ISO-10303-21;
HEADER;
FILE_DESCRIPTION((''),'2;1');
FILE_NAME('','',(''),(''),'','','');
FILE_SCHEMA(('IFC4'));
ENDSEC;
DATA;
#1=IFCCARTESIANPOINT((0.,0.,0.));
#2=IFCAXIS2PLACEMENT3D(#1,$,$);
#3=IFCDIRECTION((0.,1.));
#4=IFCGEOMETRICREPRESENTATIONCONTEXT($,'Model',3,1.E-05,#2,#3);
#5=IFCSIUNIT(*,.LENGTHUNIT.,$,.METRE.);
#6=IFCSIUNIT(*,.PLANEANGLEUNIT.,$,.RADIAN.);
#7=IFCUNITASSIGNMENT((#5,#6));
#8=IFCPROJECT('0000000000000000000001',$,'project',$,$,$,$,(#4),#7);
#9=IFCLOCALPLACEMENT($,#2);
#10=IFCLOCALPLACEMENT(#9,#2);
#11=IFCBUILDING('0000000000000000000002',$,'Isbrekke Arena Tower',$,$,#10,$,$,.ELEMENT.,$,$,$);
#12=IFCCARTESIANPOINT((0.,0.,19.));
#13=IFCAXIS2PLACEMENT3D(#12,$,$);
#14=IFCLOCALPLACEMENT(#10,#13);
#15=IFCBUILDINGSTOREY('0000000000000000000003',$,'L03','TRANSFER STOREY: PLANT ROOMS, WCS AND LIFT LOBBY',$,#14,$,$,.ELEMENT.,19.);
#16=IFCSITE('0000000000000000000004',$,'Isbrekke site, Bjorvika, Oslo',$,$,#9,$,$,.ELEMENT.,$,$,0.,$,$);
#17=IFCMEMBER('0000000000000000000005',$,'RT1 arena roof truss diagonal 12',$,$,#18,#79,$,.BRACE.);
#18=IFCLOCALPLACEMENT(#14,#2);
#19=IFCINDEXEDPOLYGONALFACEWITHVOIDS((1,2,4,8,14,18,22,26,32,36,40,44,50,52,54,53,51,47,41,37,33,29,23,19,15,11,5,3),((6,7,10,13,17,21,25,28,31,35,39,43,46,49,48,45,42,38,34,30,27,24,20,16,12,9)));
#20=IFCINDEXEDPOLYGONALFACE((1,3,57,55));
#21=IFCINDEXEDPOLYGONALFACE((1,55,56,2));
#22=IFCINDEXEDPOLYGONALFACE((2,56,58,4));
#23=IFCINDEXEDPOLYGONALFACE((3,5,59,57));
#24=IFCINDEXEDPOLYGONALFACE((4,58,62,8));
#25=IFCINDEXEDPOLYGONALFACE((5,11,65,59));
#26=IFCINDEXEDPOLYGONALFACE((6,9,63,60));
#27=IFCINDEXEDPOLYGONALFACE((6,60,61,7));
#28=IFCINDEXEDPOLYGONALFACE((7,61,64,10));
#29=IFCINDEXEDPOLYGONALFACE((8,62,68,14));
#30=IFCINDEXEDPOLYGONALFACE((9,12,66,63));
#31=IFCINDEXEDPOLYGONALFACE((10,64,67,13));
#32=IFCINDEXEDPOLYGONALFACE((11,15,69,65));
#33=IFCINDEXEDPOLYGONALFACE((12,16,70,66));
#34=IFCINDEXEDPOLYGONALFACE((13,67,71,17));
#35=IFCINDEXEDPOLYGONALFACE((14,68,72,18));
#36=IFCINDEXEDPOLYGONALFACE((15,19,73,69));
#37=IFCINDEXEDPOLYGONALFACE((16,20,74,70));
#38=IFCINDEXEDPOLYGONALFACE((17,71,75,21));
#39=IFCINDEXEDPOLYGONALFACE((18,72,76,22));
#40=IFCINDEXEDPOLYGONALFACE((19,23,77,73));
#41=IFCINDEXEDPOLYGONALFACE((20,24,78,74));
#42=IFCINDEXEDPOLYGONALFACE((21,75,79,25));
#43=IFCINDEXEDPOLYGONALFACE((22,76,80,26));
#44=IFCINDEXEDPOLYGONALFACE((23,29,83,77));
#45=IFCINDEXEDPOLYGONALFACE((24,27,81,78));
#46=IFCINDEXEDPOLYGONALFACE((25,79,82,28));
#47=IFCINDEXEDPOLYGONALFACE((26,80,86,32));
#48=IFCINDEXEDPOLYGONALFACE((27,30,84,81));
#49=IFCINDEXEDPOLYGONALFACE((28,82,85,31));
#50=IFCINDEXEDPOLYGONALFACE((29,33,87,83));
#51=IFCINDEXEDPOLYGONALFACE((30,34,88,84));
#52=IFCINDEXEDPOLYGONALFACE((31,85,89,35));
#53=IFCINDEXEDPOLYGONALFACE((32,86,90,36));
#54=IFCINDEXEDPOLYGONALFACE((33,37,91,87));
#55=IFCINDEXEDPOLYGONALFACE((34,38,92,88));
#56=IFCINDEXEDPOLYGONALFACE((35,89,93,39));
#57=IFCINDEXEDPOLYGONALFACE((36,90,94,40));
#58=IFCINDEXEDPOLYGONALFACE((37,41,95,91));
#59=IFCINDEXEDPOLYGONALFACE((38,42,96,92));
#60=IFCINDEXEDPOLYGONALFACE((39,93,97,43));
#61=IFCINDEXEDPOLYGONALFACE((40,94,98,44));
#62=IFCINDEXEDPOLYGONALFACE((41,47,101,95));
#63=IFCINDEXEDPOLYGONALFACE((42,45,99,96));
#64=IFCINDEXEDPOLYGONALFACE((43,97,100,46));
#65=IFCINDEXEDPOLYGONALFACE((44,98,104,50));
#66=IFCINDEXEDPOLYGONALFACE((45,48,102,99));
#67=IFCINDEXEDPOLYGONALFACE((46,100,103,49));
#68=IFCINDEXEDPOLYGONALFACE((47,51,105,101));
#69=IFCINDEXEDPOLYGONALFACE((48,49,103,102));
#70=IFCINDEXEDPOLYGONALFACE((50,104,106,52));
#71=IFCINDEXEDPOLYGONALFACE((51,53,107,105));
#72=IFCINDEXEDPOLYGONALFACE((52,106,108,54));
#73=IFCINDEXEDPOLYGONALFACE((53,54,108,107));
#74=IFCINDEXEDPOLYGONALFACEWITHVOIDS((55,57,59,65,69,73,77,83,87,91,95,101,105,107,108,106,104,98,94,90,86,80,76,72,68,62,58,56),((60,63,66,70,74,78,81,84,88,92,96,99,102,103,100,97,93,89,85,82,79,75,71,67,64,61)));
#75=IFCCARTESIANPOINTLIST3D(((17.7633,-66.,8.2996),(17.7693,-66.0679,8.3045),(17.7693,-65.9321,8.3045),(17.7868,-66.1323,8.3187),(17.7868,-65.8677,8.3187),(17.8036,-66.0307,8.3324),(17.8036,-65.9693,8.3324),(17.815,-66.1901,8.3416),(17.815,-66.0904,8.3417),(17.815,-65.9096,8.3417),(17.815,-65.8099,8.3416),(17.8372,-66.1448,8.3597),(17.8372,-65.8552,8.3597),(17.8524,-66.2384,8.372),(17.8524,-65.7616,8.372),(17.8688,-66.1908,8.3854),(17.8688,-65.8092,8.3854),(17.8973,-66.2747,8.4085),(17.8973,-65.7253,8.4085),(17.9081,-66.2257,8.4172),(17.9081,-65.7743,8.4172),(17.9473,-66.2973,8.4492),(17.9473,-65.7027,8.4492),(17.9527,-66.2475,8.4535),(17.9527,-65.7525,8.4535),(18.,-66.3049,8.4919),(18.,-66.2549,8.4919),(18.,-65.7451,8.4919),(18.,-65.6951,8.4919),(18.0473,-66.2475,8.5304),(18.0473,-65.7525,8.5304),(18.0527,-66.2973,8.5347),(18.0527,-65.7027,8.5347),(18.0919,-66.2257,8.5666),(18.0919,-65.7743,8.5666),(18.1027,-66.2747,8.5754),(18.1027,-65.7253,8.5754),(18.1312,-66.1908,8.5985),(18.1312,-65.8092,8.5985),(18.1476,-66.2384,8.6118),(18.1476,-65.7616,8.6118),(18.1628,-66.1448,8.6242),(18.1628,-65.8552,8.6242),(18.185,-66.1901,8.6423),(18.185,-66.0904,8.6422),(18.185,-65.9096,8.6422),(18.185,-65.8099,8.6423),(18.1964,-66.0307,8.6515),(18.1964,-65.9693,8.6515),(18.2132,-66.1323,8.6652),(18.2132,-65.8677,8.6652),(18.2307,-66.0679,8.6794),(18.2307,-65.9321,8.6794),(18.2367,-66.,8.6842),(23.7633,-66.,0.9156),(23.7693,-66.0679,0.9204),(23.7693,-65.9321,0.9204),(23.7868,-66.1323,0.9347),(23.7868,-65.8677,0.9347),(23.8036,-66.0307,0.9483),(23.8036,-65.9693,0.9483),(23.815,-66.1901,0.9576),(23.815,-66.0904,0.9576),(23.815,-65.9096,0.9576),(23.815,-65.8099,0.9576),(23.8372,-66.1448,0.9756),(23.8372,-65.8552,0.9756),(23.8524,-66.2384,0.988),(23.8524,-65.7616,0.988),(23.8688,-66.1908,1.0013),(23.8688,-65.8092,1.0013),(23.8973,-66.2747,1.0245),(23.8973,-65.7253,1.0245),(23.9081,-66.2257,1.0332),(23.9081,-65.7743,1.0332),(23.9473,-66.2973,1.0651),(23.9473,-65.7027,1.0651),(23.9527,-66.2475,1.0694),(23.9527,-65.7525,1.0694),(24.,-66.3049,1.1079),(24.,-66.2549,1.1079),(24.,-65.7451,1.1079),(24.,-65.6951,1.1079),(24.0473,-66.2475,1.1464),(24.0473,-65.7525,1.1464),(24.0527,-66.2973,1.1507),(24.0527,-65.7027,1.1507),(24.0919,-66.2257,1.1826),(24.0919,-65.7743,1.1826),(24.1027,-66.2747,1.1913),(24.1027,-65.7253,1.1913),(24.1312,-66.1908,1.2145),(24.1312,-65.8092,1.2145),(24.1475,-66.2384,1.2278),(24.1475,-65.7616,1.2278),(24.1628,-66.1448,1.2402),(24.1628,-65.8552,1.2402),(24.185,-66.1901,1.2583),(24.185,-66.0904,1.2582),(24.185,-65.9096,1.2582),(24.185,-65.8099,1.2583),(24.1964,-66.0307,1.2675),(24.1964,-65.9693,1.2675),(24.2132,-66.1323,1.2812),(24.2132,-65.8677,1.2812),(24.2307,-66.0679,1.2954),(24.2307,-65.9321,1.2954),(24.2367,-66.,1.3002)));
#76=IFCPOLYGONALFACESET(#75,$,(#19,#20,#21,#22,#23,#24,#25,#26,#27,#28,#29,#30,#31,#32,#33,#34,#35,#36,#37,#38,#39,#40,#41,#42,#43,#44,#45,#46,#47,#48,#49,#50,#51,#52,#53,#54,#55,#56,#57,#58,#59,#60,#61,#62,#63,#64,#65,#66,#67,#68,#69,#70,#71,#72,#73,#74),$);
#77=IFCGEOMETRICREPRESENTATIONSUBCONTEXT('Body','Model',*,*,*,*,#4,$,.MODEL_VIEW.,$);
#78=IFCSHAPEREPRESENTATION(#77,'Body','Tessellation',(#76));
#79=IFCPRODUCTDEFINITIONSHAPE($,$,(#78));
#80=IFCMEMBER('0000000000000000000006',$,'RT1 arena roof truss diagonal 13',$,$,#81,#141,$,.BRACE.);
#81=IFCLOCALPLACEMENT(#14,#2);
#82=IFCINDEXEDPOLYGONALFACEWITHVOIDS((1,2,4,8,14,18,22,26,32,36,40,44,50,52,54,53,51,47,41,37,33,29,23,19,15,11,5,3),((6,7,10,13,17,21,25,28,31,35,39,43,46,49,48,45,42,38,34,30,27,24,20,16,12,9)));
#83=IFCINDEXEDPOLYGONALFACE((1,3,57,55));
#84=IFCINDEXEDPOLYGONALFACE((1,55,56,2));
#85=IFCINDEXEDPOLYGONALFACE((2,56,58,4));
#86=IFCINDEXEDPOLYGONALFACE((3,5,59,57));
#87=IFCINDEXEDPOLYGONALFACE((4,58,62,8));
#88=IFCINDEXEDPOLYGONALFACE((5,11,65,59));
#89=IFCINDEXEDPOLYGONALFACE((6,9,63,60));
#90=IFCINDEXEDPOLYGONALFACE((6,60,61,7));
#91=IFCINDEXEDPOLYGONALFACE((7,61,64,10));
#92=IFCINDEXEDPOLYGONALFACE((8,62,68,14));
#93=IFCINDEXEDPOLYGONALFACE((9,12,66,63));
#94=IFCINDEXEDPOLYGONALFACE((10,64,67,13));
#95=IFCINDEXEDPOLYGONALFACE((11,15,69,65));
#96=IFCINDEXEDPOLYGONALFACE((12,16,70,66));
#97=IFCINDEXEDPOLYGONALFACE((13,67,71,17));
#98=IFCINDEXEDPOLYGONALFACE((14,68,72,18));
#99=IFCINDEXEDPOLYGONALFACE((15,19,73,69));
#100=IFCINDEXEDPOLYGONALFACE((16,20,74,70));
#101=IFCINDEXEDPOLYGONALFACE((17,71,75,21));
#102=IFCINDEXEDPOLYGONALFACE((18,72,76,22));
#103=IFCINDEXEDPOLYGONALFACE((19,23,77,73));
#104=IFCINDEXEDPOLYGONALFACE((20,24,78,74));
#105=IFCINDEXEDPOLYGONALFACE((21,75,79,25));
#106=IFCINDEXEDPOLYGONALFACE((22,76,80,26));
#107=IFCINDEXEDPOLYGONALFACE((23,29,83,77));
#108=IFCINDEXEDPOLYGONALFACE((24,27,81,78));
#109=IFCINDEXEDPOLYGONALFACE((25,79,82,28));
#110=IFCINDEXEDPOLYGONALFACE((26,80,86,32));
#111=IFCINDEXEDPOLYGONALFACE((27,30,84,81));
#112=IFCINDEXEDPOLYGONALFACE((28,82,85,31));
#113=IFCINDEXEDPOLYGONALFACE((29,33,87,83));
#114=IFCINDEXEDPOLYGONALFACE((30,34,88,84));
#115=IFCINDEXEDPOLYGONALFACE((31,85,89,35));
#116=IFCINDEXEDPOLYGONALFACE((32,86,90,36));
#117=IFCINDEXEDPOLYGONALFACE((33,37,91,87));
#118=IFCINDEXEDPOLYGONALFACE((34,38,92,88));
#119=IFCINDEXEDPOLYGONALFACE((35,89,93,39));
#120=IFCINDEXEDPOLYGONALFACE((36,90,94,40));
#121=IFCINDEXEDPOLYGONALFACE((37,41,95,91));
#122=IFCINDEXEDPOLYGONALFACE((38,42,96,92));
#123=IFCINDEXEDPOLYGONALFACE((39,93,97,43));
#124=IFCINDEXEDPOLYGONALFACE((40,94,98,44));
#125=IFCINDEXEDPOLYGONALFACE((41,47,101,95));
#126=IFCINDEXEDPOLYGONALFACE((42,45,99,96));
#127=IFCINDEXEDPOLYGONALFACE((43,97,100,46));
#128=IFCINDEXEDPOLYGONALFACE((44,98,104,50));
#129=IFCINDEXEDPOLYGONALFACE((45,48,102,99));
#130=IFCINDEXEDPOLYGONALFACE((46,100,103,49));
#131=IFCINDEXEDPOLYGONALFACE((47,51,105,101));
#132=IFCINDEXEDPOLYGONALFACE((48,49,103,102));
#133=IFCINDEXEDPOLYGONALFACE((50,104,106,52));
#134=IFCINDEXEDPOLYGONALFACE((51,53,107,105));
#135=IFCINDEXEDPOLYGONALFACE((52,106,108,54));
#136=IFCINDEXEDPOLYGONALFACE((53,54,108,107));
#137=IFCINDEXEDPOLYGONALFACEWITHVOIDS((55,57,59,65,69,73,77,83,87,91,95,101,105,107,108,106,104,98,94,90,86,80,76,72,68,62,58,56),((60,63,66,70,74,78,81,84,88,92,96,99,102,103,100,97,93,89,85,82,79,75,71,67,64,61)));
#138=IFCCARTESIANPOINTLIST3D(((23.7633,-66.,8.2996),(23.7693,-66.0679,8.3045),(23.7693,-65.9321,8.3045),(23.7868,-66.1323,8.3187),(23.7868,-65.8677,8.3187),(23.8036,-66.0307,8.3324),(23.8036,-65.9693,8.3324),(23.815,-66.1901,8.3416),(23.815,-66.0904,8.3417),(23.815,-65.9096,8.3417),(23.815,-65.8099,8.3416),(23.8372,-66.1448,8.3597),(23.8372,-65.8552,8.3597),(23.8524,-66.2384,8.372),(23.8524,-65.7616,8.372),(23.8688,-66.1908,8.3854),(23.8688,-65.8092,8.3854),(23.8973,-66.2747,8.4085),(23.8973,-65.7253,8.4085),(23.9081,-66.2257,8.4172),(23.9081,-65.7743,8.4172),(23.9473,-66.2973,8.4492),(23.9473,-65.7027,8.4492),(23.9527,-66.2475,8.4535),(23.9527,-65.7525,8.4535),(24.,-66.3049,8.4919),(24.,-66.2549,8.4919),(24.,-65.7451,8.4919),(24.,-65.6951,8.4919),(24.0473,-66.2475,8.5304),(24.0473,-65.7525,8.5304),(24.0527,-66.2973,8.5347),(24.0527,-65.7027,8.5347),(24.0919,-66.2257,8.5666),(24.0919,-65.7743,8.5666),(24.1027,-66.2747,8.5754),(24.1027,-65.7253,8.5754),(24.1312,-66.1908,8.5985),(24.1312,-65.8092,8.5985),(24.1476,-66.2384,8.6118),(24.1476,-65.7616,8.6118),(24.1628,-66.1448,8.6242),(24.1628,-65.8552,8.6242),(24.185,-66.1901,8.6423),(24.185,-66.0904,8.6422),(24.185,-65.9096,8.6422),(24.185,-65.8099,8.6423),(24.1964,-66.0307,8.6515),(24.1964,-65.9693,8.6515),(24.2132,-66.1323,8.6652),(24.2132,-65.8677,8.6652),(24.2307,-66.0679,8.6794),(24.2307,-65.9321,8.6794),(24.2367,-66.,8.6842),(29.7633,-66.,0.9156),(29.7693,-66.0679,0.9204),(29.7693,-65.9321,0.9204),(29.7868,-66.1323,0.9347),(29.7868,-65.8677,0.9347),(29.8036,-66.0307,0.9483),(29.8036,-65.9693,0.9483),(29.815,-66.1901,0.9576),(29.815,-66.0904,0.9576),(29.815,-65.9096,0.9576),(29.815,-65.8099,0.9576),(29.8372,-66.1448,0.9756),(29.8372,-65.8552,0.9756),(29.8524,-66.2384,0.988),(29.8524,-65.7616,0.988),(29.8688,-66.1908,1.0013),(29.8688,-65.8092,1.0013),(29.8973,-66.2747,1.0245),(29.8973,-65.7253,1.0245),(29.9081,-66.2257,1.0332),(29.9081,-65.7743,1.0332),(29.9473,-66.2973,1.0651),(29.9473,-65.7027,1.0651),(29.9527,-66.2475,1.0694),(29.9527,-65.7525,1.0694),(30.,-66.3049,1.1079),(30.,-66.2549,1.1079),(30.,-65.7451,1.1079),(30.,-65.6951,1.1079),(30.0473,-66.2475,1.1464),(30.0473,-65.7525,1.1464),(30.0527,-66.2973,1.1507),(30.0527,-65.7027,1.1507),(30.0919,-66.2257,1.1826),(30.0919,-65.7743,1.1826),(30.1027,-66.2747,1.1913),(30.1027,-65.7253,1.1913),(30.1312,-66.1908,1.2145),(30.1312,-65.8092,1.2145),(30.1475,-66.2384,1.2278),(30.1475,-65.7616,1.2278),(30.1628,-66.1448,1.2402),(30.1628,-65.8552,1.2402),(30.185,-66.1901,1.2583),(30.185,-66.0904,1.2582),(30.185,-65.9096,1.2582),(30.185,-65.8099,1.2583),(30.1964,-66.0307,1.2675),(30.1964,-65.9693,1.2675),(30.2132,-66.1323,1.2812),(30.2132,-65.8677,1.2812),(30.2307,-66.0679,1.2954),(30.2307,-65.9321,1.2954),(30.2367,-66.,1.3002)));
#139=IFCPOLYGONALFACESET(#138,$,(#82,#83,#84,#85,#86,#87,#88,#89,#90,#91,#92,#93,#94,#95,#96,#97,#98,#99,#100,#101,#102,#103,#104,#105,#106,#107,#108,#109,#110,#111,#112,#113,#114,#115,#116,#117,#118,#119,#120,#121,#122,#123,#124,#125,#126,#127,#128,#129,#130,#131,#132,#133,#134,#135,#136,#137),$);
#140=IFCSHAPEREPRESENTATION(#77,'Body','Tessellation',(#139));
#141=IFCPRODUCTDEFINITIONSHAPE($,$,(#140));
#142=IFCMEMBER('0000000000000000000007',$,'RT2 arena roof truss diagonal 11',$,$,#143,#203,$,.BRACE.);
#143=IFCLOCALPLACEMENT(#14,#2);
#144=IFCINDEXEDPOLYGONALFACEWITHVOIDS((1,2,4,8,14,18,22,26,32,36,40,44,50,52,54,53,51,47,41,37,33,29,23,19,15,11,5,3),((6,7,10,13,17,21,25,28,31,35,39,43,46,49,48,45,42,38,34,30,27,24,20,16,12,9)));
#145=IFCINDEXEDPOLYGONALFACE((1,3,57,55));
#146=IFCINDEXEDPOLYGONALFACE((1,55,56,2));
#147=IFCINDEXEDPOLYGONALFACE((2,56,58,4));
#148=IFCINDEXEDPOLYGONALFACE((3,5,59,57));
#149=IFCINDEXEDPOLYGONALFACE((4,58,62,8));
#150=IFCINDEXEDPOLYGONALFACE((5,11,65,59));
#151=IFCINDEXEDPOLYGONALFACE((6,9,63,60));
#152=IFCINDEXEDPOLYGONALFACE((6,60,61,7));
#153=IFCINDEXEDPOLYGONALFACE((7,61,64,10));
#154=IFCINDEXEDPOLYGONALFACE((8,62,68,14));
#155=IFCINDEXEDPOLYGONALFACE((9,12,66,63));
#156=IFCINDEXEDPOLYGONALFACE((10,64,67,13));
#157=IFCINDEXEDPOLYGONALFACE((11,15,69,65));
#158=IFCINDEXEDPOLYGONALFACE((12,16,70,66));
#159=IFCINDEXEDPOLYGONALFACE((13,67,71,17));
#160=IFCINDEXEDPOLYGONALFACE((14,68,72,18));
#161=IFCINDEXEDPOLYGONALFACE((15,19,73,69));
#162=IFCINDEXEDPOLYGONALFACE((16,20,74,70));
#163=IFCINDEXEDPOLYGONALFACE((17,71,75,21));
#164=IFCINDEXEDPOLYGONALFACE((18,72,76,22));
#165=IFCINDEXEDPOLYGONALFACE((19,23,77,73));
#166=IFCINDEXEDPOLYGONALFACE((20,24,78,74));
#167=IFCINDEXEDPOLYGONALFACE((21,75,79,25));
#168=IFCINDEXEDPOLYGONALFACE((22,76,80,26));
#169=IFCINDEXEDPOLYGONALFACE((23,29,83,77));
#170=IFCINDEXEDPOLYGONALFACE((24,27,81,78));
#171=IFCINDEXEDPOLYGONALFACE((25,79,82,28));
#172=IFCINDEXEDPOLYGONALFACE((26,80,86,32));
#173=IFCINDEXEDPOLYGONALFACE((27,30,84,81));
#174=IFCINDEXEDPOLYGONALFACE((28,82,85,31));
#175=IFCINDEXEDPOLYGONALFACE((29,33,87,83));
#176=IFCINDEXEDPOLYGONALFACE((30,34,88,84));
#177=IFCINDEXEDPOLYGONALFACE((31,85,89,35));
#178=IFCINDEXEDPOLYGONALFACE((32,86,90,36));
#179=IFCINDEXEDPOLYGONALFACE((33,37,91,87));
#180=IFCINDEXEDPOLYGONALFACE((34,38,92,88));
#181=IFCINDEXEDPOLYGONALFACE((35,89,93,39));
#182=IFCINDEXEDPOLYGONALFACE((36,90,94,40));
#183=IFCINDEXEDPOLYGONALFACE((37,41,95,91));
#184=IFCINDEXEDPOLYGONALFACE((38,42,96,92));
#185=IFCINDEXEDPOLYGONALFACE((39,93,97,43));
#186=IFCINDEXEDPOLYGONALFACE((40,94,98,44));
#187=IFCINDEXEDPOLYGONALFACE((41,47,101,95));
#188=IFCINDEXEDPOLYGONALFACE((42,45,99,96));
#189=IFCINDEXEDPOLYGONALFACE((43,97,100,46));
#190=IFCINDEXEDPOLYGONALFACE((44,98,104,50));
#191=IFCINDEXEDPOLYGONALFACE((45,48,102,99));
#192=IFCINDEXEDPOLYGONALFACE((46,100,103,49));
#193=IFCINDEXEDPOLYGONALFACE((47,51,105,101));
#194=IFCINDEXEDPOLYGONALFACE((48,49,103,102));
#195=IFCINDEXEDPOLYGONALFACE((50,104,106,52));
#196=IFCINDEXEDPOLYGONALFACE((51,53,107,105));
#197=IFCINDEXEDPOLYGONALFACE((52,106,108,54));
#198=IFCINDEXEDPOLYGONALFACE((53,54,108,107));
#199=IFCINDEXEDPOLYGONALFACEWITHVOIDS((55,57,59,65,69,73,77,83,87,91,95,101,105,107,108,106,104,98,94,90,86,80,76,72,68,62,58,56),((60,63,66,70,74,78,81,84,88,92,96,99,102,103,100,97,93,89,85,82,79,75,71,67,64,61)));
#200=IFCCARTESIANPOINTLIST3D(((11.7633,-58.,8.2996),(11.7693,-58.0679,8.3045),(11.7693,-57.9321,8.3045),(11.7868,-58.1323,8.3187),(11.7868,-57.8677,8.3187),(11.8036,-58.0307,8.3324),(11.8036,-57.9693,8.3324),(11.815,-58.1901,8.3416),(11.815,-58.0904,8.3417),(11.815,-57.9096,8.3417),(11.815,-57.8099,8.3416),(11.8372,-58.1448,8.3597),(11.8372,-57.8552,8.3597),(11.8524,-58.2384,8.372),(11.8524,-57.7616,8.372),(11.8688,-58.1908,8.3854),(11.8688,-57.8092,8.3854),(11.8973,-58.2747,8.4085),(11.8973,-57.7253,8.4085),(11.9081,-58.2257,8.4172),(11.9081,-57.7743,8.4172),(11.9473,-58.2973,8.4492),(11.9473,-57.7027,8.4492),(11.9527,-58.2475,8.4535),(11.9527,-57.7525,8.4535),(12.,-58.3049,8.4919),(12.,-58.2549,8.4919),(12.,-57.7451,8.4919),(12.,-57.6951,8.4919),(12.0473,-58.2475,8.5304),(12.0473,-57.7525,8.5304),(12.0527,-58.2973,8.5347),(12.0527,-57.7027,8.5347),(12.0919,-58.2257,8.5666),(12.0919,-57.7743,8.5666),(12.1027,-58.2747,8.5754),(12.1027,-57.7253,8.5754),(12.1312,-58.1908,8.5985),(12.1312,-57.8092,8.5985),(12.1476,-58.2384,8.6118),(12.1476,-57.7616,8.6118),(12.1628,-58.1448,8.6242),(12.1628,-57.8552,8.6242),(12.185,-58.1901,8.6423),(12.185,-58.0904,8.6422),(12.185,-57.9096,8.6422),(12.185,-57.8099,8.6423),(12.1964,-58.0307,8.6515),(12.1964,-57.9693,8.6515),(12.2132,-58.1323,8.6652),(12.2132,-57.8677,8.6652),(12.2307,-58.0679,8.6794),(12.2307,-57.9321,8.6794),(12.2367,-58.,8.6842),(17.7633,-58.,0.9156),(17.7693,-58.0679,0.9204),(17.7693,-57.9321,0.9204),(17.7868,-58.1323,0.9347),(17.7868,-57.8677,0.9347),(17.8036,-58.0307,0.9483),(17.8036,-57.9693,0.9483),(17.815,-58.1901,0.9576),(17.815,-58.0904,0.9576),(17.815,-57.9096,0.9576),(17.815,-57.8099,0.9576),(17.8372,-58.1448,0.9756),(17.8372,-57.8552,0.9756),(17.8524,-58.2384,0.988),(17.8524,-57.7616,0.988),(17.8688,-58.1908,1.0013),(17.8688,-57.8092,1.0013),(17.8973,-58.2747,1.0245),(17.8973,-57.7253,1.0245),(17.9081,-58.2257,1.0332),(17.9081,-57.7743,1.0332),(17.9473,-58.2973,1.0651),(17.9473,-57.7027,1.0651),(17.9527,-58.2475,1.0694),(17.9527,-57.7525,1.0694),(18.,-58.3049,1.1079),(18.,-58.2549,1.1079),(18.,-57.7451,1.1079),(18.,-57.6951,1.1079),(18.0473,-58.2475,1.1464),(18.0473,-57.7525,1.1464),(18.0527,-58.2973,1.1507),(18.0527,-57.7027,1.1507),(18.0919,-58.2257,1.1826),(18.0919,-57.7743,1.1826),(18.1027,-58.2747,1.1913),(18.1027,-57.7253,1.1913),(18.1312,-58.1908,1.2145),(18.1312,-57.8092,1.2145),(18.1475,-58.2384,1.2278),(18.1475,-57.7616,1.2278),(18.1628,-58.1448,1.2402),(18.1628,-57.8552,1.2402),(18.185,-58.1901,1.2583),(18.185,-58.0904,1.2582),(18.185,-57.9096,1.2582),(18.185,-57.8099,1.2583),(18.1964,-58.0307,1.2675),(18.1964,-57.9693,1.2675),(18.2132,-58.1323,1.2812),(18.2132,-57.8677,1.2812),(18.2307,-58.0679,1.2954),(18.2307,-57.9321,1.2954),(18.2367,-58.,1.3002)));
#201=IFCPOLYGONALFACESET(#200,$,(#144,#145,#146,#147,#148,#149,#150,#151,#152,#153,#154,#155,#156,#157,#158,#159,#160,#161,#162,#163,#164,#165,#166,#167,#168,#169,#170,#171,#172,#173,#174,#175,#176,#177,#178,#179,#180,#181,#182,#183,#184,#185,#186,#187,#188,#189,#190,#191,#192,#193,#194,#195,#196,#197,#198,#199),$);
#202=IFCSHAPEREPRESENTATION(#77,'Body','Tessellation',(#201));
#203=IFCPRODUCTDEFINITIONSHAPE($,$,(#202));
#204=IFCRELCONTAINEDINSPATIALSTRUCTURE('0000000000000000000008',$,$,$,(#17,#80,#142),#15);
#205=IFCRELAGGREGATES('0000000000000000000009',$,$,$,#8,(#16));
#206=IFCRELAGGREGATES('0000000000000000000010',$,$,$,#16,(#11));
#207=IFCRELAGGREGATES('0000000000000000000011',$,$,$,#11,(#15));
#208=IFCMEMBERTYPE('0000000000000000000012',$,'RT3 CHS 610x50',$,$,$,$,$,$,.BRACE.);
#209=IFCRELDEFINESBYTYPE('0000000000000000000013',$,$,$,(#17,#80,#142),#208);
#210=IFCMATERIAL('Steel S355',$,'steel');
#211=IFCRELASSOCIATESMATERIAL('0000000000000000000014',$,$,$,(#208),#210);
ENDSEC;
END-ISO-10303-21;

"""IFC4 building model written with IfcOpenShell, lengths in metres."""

from ifc_helpers import new_model, si_unit, direction, frame, origin, origin_2d, place, context, subcontext, project, spatial, hollow_circle, extrude, material, material_profile, profile_set, type_object, element, save


model = new_model("IFC4")

# Units and contexts
model_context = context("Model", 3, precision=1e-05, world=origin(), true_north=direction((0.0, 1.0)))
body_context = subcontext(model_context, "Body", "Model", "MODEL_VIEW")
ifc_project = project(units=[si_unit("LENGTHUNIT", "METRE"), si_unit("PLANEANGLEUNIT", "RADIAN")], contexts=[model_context])

# Site, building, storey
site_placement = place(None, origin())
site = spatial("IfcSite", under=ifc_project, at=site_placement, Name="Isbrekke site, Bjorvika, Oslo", CompositionType="ELEMENT", RefElevation=0.0)
building_placement = place(site_placement, origin())
building = spatial("IfcBuilding", under=site, at=building_placement, Name="Isbrekke Arena Tower", CompositionType="ELEMENT")
storey_placement = place(building_placement, frame((0.0, 0.0, 19.0)))
storey = spatial("IfcBuildingStorey", under=building, at=storey_placement, Name="L03", Description="TRANSFER STOREY: PLANT ROOMS, WCS AND LIFT LOBBY", CompositionType="ELEMENT", Elevation=19.0)

# Members
ifc_material_1 = material(Name="Steel S355", Category="steel")
ifc_material_profile_1 = material_profile(ifc_material_1, hollow_circle(Radius=0.3049, WallThickness=0.05, at=origin_2d()), Name="CHS 610x50")
ifc_profile_set_1 = profile_set([ifc_material_profile_1], Name="Steel S355")
member_type_1 = type_object("IfcMemberType", Name="RT3 CHS 610x50", PredefinedType="BRACE", material=ifc_profile_set_1)
for number, where, z_axis, x_axis, name in (
    (1, (18.0, -66.0, 8.4919), (0.630623, 0.0, -0.77609), (0.0, 1.0, 0.0), "RT1 arena roof truss diagonal 12"),
    (2, (24.0, -66.0, 8.4919), (0.630623, 0.0, -0.77609), (0.0, 1.0, 0.0), "RT1 arena roof truss diagonal 13"),
    (3, (12.0, -58.0, 8.4919), (0.630623, 0.0, -0.77609), (0.0, 1.0, 0.0), "RT2 arena roof truss diagonal 11"),
):
    element("IfcMember", number, at=place(storey_placement, frame(where, z_axis=z_axis, x_axis=x_axis)), inside=storey, type_object=member_type_1, Name=name, PredefinedType="BRACE", context=body_context, shape_type="SweptSolid", body=[
        extrude(hollow_circle(Radius=0.3049, WallThickness=0.05, at=origin_2d()), origin(), (0.0, 0.0, 1.0), 9.5144),
    ])

save(model, "model.ifc")
